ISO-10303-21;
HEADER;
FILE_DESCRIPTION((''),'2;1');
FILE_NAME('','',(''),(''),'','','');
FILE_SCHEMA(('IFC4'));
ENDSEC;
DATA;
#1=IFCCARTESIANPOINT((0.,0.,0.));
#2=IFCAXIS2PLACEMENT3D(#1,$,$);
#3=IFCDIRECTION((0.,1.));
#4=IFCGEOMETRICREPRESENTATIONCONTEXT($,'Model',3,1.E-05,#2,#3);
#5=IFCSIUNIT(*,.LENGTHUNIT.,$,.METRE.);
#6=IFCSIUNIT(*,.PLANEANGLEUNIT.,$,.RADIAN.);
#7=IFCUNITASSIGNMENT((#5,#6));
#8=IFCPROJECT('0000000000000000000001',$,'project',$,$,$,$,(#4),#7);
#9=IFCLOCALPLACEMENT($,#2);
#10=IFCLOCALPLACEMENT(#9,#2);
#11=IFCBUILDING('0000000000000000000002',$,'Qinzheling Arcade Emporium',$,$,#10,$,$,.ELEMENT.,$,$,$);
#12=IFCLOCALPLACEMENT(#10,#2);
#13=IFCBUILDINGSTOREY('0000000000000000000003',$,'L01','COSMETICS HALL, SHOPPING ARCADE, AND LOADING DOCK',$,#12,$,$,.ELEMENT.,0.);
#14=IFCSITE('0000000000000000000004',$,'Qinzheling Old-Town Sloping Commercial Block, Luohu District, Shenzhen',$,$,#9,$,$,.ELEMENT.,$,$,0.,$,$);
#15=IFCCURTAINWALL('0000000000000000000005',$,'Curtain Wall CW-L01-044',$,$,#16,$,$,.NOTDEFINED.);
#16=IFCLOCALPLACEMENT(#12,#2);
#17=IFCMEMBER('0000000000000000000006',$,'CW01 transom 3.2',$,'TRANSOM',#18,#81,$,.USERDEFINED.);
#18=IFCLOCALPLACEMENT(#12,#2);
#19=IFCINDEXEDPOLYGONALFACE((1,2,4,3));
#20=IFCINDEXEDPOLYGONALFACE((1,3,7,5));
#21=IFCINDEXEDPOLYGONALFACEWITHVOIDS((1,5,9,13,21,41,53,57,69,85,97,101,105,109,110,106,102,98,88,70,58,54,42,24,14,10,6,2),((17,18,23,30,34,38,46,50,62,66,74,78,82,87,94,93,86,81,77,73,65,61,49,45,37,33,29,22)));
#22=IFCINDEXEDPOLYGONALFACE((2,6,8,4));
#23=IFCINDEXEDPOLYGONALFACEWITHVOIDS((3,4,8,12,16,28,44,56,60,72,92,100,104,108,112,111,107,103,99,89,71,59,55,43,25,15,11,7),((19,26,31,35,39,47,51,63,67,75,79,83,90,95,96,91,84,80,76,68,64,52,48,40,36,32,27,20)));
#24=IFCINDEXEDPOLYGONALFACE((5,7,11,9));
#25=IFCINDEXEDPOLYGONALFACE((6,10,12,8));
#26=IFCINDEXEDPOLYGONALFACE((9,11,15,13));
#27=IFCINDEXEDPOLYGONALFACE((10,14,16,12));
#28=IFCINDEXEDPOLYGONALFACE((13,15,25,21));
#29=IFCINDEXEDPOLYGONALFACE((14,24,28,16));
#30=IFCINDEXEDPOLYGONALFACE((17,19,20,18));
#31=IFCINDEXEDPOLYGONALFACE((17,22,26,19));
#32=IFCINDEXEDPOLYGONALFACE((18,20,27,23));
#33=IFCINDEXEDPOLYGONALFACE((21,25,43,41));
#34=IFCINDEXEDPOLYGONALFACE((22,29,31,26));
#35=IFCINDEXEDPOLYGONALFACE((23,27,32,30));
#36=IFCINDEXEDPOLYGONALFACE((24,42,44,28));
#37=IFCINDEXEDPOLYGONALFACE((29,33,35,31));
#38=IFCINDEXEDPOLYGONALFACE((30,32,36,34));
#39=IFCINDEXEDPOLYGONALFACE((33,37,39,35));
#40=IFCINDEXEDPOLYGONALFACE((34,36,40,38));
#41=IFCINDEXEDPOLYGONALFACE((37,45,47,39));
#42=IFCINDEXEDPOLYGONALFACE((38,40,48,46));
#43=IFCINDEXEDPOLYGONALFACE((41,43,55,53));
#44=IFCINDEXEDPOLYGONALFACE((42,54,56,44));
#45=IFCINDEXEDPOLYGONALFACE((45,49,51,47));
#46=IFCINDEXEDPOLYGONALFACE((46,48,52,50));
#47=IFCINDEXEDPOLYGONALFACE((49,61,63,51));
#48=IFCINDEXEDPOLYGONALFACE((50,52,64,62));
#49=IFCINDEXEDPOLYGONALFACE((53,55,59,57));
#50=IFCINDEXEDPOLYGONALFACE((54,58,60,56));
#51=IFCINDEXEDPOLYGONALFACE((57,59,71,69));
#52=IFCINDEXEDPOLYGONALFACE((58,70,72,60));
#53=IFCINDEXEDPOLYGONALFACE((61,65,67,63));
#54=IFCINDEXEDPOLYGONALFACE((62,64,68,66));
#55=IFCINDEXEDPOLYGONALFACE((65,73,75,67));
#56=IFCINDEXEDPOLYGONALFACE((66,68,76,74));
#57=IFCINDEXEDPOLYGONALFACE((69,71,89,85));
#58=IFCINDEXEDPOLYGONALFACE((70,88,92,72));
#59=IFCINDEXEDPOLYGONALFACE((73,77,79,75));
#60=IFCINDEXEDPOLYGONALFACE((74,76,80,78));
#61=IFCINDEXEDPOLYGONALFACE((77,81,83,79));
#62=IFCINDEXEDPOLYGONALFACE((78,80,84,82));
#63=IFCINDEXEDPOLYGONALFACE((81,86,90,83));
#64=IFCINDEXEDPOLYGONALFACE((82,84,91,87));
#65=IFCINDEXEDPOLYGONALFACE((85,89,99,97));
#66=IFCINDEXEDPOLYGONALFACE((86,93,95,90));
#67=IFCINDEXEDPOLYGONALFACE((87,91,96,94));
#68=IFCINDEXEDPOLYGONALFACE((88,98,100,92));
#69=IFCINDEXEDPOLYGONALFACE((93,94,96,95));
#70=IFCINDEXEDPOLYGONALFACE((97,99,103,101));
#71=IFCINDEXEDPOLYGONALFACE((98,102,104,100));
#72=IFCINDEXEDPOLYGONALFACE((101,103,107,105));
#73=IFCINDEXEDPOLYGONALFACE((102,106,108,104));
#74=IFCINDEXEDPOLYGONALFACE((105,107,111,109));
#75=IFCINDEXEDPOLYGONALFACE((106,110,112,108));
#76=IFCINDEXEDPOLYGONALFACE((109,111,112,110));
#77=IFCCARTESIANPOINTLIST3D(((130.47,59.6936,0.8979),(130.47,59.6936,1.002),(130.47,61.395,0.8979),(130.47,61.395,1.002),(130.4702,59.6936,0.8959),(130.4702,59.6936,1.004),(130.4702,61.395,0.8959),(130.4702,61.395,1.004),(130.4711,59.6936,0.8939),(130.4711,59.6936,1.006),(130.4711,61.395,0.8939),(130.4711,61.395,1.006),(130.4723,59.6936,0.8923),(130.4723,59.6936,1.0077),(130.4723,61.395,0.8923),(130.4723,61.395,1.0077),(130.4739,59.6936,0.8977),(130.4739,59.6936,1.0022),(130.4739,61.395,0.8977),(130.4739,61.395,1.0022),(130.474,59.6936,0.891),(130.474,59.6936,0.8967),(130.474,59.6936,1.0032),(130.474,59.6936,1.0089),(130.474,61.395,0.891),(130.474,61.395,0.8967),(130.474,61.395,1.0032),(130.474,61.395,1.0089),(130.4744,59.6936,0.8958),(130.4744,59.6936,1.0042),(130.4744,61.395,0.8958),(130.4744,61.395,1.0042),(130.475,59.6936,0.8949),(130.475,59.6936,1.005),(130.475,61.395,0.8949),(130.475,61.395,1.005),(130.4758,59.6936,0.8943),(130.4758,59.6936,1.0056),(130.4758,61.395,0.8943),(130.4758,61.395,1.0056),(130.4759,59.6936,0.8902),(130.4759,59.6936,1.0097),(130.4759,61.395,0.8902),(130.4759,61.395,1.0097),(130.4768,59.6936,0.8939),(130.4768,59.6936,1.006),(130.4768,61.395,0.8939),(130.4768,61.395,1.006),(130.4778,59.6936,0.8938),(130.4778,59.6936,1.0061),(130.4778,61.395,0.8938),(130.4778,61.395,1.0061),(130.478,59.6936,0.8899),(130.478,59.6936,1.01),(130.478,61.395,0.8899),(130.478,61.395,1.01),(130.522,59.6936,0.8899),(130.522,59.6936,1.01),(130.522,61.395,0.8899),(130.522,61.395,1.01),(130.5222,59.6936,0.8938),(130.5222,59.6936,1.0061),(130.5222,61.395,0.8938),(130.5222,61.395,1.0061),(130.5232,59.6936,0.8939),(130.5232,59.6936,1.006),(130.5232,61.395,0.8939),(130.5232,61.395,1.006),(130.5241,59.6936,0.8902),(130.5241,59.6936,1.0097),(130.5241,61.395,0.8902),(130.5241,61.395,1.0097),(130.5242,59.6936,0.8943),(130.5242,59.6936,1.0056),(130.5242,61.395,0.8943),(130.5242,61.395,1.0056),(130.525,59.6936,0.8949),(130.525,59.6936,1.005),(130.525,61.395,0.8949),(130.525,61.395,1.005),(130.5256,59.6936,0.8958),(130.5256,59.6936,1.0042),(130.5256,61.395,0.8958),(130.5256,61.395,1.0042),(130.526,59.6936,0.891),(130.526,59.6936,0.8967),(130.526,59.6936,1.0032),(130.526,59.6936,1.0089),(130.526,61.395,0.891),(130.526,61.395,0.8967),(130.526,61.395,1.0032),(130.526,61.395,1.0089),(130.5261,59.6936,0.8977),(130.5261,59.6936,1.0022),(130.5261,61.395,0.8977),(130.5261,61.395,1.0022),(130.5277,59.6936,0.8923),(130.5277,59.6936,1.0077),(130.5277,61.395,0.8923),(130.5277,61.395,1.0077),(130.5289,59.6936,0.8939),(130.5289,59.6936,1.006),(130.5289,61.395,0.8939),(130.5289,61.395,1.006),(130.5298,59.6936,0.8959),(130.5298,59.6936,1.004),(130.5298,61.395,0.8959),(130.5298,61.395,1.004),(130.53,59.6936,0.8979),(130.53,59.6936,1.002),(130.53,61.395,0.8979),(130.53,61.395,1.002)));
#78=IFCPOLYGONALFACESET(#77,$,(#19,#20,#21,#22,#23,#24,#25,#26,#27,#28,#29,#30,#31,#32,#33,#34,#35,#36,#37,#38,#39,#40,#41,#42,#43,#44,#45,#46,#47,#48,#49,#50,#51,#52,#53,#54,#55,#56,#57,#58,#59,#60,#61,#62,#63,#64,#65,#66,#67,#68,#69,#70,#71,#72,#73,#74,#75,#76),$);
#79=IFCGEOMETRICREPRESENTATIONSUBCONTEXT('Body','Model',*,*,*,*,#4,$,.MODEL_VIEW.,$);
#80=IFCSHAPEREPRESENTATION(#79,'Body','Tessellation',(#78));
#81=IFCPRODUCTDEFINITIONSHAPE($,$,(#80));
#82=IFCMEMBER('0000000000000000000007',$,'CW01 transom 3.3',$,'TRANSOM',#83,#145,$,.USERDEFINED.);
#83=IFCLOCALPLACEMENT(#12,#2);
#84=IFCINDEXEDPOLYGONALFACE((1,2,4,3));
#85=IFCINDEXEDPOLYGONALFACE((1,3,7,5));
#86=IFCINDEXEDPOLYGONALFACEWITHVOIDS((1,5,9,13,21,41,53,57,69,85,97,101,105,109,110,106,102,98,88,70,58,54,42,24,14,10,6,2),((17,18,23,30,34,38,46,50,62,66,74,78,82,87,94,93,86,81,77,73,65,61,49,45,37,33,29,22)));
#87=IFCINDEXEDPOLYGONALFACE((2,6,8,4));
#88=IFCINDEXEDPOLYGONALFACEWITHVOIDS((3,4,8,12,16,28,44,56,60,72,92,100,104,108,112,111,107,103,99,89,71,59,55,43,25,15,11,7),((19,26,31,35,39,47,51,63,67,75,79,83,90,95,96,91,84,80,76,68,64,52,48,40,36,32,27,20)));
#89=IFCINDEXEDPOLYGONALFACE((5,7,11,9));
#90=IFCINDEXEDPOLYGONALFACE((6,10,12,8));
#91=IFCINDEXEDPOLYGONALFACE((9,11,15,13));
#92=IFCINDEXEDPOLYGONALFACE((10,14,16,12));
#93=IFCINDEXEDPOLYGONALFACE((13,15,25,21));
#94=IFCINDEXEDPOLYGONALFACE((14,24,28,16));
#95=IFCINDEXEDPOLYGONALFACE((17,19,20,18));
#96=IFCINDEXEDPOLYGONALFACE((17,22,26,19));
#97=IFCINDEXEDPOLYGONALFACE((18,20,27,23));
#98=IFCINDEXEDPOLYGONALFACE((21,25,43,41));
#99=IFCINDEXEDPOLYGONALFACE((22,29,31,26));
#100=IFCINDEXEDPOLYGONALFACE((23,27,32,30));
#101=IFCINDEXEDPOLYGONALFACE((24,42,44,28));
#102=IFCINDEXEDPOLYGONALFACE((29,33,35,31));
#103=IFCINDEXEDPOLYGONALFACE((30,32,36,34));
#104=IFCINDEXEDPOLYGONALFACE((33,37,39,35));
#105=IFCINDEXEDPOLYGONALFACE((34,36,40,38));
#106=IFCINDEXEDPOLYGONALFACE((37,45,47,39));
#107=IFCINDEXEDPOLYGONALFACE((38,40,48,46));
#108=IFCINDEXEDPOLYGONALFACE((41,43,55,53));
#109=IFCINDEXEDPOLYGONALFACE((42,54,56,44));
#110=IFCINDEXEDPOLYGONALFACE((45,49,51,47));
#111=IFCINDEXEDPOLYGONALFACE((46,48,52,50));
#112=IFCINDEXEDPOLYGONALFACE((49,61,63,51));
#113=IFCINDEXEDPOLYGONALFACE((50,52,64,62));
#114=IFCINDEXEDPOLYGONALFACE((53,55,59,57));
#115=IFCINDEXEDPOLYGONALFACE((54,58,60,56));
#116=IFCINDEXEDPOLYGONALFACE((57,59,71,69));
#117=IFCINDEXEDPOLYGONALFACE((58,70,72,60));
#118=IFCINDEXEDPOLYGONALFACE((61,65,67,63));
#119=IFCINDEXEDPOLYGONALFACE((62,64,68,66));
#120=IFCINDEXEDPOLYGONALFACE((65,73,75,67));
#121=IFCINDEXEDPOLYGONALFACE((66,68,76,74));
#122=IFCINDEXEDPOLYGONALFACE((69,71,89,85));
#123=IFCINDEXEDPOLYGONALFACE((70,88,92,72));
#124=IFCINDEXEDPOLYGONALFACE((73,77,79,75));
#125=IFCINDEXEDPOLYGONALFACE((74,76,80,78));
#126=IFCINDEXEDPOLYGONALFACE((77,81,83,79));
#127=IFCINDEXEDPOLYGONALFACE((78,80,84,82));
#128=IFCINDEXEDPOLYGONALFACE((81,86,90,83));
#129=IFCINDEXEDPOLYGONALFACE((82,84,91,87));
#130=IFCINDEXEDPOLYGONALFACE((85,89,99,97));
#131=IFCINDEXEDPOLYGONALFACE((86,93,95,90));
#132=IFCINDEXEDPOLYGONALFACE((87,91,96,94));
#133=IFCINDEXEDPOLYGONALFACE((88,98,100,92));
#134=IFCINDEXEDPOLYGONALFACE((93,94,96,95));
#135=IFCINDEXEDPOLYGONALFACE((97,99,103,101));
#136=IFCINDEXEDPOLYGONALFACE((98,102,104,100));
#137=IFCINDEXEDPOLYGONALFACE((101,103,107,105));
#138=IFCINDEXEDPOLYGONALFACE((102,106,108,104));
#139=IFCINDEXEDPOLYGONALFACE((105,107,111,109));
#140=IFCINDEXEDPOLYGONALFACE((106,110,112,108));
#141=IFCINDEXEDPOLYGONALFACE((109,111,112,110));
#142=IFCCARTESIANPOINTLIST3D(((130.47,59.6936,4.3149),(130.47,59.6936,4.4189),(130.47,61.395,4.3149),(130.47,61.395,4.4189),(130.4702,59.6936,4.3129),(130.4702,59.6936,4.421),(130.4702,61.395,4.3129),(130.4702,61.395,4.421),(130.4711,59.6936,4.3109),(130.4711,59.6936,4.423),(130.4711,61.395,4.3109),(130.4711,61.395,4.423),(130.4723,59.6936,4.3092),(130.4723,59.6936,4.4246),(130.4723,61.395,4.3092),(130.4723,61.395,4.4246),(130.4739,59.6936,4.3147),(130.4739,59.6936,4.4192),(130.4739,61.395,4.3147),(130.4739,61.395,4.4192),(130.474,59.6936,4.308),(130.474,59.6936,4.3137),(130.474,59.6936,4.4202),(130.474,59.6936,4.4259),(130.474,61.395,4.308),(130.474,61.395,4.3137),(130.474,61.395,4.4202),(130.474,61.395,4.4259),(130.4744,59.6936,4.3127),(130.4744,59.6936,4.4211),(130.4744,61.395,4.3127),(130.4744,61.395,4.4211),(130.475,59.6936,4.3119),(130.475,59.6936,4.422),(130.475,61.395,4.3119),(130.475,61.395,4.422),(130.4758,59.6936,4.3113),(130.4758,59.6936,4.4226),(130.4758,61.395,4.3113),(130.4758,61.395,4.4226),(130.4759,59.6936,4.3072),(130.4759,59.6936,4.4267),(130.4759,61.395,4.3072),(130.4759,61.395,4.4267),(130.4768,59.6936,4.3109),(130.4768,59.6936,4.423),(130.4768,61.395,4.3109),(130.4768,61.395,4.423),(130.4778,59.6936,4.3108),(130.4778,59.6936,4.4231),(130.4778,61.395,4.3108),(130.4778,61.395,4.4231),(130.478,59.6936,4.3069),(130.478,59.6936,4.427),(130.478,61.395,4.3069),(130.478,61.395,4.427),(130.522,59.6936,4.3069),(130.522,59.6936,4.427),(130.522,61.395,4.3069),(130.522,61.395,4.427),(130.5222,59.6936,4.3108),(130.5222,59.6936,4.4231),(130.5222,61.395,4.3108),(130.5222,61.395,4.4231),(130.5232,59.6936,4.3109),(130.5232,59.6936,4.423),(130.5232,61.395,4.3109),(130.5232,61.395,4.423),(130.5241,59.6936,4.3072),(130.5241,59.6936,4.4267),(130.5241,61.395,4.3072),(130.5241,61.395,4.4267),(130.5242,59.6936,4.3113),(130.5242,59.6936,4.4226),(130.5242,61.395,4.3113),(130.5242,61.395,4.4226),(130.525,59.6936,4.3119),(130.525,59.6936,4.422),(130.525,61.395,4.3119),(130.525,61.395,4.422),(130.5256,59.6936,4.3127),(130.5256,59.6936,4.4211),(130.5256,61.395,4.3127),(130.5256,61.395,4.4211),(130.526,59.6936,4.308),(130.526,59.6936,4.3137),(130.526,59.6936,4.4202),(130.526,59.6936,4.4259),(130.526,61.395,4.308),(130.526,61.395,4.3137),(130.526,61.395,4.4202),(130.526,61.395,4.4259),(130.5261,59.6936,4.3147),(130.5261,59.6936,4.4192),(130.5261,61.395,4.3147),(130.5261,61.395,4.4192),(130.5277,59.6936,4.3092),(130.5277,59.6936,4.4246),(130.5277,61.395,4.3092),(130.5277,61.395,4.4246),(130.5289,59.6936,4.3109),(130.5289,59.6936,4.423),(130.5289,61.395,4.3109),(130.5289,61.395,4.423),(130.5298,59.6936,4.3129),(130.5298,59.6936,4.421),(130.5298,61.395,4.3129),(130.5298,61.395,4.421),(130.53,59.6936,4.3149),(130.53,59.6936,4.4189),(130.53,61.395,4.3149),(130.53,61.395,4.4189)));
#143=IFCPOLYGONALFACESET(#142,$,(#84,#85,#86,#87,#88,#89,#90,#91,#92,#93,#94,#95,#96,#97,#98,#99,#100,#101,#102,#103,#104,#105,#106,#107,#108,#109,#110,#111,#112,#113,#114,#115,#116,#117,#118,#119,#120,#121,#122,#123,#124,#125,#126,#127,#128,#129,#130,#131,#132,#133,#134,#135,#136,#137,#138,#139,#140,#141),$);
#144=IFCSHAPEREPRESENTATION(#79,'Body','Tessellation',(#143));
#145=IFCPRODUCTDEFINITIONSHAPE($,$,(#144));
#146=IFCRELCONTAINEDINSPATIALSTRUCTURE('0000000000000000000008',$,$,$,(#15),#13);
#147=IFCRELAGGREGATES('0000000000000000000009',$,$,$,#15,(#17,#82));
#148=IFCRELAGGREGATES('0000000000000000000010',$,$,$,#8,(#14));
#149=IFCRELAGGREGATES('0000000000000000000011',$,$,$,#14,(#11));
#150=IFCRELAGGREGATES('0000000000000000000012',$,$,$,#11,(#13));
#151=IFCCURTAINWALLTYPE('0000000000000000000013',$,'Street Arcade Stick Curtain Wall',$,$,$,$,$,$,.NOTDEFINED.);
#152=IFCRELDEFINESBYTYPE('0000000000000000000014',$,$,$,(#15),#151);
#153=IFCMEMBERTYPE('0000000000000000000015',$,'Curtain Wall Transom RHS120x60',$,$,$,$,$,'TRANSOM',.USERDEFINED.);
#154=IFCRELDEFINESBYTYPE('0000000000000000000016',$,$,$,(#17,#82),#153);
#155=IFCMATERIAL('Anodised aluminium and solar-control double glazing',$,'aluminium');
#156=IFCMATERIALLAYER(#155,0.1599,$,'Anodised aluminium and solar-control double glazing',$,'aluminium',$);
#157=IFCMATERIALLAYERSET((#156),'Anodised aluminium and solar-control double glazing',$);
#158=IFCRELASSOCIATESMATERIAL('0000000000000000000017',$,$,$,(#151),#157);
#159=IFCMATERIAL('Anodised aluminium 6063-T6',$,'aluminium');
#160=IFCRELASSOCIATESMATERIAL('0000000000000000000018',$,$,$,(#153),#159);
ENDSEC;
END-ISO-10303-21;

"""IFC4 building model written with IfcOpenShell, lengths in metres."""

from ifc_helpers import new_model, si_unit, direction, frame, origin, origin_2d, place, context, subcontext, project, spatial, hollow_rectangle, extrude, material, layer, layer_set, material_profile, profile_set, type_object, element, aggregate, save


model = new_model("IFC4")

# Units and contexts
model_context = context("Model", 3, precision=1e-05, world=origin(), true_north=direction((0.0, 1.0)))
body_context = subcontext(model_context, "Body", "Model", "MODEL_VIEW")
ifc_project = project(units=[si_unit("LENGTHUNIT", "METRE"), si_unit("PLANEANGLEUNIT", "RADIAN")], contexts=[model_context])

# Site, building, storey
site_placement = place(None, origin())
site = spatial("IfcSite", under=ifc_project, at=site_placement, Name="Qinzheling Old-Town Sloping Commercial Block, Luohu District, Shenzhen", CompositionType="ELEMENT", RefElevation=0.0)
building_placement = place(site_placement, origin())
building = spatial("IfcBuilding", under=site, at=building_placement, Name="Qinzheling Arcade Emporium", CompositionType="ELEMENT")
storey_placement = place(building_placement, origin())
storey = spatial("IfcBuildingStorey", under=building, at=storey_placement, Name="L01", Description="COSMETICS HALL, SHOPPING ARCADE, AND LOADING DOCK", CompositionType="ELEMENT", Elevation=0.0)

# Shared definitions
ifc_material_1 = material(Name="Anodised aluminium and solar-control double glazing", Category="aluminium")
ifc_layer_1 = layer(ifc_material_1, 0.1599, Name="Anodised aluminium and solar-control double glazing", Category="aluminium")
ifc_layer_set_1 = layer_set([ifc_layer_1], Name="Anodised aluminium and solar-control double glazing")
curtain_wall_type = type_object("IfcCurtainWallType", Name="Street Arcade Stick Curtain Wall", PredefinedType="NOTDEFINED", material=ifc_layer_set_1)
ifc_material_2 = material(Name="Anodised aluminium 6063-T6", Category="aluminium")

# Curtain wall, members
curtain_wall_1_placement = place(storey_placement, origin())
curtain_wall_1 = element("IfcCurtainWall", 1, at=curtain_wall_1_placement, inside=storey, type_object=curtain_wall_type, Name="Curtain Wall CW-L01-044", PredefinedType="NOTDEFINED")
ifc_material_profile_1 = material_profile(ifc_material_2, hollow_rectangle(XDim=0.0601, YDim=0.1201, WallThickness=0.0039, InnerFilletRadius=0.0039, OuterFilletRadius=0.0081, at=origin_2d()), Name="RHS 120x60x4", Category="aluminium")
ifc_profile_set_1 = profile_set([ifc_material_profile_1], Name="Anodised aluminium 6063-T6")
member_type_1 = type_object("IfcMemberType", Name="Curtain Wall Transom RHS120x60", ElementType="TRANSOM", PredefinedType="USERDEFINED", material=ifc_profile_set_1)
member_1_placement = place(storey_placement, frame((130.5, 61.395, 0.95), z_axis=(0.0, -1.0, 0.0), x_axis=(1.0, 0.0, 0.0)))
member_1 = element("IfcMember", 2, at=member_1_placement, type_object=member_type_1, Name="CW01 transom 3.2", ObjectType="TRANSOM", PredefinedType="USERDEFINED", context=body_context, shape_type="SweptSolid", body=[
    extrude(hollow_rectangle(XDim=0.0601, YDim=0.1201, WallThickness=0.0039, InnerFilletRadius=0.0039, OuterFilletRadius=0.0081, at=origin_2d()), origin(), (0.0, 0.0, 1.0), 1.7014),
])
member_2_placement = place(storey_placement, frame((130.5, 61.395, 4.3669), z_axis=(0.0, -1.0, 0.0), x_axis=(1.0, 0.0, 0.0)))
member_2 = element("IfcMember", 3, at=member_2_placement, type_object=member_type_1, Name="CW01 transom 3.3", ObjectType="TRANSOM", PredefinedType="USERDEFINED", context=body_context, shape_type="SweptSolid", body=[
    extrude(hollow_rectangle(XDim=0.0601, YDim=0.1201, WallThickness=0.0039, InnerFilletRadius=0.0039, OuterFilletRadius=0.0081, at=origin_2d()), origin(), (0.0, 0.0, 1.0), 1.7014),
])

aggregate(curtain_wall_1, [member_1, member_2])

save(model, "model.ifc")
